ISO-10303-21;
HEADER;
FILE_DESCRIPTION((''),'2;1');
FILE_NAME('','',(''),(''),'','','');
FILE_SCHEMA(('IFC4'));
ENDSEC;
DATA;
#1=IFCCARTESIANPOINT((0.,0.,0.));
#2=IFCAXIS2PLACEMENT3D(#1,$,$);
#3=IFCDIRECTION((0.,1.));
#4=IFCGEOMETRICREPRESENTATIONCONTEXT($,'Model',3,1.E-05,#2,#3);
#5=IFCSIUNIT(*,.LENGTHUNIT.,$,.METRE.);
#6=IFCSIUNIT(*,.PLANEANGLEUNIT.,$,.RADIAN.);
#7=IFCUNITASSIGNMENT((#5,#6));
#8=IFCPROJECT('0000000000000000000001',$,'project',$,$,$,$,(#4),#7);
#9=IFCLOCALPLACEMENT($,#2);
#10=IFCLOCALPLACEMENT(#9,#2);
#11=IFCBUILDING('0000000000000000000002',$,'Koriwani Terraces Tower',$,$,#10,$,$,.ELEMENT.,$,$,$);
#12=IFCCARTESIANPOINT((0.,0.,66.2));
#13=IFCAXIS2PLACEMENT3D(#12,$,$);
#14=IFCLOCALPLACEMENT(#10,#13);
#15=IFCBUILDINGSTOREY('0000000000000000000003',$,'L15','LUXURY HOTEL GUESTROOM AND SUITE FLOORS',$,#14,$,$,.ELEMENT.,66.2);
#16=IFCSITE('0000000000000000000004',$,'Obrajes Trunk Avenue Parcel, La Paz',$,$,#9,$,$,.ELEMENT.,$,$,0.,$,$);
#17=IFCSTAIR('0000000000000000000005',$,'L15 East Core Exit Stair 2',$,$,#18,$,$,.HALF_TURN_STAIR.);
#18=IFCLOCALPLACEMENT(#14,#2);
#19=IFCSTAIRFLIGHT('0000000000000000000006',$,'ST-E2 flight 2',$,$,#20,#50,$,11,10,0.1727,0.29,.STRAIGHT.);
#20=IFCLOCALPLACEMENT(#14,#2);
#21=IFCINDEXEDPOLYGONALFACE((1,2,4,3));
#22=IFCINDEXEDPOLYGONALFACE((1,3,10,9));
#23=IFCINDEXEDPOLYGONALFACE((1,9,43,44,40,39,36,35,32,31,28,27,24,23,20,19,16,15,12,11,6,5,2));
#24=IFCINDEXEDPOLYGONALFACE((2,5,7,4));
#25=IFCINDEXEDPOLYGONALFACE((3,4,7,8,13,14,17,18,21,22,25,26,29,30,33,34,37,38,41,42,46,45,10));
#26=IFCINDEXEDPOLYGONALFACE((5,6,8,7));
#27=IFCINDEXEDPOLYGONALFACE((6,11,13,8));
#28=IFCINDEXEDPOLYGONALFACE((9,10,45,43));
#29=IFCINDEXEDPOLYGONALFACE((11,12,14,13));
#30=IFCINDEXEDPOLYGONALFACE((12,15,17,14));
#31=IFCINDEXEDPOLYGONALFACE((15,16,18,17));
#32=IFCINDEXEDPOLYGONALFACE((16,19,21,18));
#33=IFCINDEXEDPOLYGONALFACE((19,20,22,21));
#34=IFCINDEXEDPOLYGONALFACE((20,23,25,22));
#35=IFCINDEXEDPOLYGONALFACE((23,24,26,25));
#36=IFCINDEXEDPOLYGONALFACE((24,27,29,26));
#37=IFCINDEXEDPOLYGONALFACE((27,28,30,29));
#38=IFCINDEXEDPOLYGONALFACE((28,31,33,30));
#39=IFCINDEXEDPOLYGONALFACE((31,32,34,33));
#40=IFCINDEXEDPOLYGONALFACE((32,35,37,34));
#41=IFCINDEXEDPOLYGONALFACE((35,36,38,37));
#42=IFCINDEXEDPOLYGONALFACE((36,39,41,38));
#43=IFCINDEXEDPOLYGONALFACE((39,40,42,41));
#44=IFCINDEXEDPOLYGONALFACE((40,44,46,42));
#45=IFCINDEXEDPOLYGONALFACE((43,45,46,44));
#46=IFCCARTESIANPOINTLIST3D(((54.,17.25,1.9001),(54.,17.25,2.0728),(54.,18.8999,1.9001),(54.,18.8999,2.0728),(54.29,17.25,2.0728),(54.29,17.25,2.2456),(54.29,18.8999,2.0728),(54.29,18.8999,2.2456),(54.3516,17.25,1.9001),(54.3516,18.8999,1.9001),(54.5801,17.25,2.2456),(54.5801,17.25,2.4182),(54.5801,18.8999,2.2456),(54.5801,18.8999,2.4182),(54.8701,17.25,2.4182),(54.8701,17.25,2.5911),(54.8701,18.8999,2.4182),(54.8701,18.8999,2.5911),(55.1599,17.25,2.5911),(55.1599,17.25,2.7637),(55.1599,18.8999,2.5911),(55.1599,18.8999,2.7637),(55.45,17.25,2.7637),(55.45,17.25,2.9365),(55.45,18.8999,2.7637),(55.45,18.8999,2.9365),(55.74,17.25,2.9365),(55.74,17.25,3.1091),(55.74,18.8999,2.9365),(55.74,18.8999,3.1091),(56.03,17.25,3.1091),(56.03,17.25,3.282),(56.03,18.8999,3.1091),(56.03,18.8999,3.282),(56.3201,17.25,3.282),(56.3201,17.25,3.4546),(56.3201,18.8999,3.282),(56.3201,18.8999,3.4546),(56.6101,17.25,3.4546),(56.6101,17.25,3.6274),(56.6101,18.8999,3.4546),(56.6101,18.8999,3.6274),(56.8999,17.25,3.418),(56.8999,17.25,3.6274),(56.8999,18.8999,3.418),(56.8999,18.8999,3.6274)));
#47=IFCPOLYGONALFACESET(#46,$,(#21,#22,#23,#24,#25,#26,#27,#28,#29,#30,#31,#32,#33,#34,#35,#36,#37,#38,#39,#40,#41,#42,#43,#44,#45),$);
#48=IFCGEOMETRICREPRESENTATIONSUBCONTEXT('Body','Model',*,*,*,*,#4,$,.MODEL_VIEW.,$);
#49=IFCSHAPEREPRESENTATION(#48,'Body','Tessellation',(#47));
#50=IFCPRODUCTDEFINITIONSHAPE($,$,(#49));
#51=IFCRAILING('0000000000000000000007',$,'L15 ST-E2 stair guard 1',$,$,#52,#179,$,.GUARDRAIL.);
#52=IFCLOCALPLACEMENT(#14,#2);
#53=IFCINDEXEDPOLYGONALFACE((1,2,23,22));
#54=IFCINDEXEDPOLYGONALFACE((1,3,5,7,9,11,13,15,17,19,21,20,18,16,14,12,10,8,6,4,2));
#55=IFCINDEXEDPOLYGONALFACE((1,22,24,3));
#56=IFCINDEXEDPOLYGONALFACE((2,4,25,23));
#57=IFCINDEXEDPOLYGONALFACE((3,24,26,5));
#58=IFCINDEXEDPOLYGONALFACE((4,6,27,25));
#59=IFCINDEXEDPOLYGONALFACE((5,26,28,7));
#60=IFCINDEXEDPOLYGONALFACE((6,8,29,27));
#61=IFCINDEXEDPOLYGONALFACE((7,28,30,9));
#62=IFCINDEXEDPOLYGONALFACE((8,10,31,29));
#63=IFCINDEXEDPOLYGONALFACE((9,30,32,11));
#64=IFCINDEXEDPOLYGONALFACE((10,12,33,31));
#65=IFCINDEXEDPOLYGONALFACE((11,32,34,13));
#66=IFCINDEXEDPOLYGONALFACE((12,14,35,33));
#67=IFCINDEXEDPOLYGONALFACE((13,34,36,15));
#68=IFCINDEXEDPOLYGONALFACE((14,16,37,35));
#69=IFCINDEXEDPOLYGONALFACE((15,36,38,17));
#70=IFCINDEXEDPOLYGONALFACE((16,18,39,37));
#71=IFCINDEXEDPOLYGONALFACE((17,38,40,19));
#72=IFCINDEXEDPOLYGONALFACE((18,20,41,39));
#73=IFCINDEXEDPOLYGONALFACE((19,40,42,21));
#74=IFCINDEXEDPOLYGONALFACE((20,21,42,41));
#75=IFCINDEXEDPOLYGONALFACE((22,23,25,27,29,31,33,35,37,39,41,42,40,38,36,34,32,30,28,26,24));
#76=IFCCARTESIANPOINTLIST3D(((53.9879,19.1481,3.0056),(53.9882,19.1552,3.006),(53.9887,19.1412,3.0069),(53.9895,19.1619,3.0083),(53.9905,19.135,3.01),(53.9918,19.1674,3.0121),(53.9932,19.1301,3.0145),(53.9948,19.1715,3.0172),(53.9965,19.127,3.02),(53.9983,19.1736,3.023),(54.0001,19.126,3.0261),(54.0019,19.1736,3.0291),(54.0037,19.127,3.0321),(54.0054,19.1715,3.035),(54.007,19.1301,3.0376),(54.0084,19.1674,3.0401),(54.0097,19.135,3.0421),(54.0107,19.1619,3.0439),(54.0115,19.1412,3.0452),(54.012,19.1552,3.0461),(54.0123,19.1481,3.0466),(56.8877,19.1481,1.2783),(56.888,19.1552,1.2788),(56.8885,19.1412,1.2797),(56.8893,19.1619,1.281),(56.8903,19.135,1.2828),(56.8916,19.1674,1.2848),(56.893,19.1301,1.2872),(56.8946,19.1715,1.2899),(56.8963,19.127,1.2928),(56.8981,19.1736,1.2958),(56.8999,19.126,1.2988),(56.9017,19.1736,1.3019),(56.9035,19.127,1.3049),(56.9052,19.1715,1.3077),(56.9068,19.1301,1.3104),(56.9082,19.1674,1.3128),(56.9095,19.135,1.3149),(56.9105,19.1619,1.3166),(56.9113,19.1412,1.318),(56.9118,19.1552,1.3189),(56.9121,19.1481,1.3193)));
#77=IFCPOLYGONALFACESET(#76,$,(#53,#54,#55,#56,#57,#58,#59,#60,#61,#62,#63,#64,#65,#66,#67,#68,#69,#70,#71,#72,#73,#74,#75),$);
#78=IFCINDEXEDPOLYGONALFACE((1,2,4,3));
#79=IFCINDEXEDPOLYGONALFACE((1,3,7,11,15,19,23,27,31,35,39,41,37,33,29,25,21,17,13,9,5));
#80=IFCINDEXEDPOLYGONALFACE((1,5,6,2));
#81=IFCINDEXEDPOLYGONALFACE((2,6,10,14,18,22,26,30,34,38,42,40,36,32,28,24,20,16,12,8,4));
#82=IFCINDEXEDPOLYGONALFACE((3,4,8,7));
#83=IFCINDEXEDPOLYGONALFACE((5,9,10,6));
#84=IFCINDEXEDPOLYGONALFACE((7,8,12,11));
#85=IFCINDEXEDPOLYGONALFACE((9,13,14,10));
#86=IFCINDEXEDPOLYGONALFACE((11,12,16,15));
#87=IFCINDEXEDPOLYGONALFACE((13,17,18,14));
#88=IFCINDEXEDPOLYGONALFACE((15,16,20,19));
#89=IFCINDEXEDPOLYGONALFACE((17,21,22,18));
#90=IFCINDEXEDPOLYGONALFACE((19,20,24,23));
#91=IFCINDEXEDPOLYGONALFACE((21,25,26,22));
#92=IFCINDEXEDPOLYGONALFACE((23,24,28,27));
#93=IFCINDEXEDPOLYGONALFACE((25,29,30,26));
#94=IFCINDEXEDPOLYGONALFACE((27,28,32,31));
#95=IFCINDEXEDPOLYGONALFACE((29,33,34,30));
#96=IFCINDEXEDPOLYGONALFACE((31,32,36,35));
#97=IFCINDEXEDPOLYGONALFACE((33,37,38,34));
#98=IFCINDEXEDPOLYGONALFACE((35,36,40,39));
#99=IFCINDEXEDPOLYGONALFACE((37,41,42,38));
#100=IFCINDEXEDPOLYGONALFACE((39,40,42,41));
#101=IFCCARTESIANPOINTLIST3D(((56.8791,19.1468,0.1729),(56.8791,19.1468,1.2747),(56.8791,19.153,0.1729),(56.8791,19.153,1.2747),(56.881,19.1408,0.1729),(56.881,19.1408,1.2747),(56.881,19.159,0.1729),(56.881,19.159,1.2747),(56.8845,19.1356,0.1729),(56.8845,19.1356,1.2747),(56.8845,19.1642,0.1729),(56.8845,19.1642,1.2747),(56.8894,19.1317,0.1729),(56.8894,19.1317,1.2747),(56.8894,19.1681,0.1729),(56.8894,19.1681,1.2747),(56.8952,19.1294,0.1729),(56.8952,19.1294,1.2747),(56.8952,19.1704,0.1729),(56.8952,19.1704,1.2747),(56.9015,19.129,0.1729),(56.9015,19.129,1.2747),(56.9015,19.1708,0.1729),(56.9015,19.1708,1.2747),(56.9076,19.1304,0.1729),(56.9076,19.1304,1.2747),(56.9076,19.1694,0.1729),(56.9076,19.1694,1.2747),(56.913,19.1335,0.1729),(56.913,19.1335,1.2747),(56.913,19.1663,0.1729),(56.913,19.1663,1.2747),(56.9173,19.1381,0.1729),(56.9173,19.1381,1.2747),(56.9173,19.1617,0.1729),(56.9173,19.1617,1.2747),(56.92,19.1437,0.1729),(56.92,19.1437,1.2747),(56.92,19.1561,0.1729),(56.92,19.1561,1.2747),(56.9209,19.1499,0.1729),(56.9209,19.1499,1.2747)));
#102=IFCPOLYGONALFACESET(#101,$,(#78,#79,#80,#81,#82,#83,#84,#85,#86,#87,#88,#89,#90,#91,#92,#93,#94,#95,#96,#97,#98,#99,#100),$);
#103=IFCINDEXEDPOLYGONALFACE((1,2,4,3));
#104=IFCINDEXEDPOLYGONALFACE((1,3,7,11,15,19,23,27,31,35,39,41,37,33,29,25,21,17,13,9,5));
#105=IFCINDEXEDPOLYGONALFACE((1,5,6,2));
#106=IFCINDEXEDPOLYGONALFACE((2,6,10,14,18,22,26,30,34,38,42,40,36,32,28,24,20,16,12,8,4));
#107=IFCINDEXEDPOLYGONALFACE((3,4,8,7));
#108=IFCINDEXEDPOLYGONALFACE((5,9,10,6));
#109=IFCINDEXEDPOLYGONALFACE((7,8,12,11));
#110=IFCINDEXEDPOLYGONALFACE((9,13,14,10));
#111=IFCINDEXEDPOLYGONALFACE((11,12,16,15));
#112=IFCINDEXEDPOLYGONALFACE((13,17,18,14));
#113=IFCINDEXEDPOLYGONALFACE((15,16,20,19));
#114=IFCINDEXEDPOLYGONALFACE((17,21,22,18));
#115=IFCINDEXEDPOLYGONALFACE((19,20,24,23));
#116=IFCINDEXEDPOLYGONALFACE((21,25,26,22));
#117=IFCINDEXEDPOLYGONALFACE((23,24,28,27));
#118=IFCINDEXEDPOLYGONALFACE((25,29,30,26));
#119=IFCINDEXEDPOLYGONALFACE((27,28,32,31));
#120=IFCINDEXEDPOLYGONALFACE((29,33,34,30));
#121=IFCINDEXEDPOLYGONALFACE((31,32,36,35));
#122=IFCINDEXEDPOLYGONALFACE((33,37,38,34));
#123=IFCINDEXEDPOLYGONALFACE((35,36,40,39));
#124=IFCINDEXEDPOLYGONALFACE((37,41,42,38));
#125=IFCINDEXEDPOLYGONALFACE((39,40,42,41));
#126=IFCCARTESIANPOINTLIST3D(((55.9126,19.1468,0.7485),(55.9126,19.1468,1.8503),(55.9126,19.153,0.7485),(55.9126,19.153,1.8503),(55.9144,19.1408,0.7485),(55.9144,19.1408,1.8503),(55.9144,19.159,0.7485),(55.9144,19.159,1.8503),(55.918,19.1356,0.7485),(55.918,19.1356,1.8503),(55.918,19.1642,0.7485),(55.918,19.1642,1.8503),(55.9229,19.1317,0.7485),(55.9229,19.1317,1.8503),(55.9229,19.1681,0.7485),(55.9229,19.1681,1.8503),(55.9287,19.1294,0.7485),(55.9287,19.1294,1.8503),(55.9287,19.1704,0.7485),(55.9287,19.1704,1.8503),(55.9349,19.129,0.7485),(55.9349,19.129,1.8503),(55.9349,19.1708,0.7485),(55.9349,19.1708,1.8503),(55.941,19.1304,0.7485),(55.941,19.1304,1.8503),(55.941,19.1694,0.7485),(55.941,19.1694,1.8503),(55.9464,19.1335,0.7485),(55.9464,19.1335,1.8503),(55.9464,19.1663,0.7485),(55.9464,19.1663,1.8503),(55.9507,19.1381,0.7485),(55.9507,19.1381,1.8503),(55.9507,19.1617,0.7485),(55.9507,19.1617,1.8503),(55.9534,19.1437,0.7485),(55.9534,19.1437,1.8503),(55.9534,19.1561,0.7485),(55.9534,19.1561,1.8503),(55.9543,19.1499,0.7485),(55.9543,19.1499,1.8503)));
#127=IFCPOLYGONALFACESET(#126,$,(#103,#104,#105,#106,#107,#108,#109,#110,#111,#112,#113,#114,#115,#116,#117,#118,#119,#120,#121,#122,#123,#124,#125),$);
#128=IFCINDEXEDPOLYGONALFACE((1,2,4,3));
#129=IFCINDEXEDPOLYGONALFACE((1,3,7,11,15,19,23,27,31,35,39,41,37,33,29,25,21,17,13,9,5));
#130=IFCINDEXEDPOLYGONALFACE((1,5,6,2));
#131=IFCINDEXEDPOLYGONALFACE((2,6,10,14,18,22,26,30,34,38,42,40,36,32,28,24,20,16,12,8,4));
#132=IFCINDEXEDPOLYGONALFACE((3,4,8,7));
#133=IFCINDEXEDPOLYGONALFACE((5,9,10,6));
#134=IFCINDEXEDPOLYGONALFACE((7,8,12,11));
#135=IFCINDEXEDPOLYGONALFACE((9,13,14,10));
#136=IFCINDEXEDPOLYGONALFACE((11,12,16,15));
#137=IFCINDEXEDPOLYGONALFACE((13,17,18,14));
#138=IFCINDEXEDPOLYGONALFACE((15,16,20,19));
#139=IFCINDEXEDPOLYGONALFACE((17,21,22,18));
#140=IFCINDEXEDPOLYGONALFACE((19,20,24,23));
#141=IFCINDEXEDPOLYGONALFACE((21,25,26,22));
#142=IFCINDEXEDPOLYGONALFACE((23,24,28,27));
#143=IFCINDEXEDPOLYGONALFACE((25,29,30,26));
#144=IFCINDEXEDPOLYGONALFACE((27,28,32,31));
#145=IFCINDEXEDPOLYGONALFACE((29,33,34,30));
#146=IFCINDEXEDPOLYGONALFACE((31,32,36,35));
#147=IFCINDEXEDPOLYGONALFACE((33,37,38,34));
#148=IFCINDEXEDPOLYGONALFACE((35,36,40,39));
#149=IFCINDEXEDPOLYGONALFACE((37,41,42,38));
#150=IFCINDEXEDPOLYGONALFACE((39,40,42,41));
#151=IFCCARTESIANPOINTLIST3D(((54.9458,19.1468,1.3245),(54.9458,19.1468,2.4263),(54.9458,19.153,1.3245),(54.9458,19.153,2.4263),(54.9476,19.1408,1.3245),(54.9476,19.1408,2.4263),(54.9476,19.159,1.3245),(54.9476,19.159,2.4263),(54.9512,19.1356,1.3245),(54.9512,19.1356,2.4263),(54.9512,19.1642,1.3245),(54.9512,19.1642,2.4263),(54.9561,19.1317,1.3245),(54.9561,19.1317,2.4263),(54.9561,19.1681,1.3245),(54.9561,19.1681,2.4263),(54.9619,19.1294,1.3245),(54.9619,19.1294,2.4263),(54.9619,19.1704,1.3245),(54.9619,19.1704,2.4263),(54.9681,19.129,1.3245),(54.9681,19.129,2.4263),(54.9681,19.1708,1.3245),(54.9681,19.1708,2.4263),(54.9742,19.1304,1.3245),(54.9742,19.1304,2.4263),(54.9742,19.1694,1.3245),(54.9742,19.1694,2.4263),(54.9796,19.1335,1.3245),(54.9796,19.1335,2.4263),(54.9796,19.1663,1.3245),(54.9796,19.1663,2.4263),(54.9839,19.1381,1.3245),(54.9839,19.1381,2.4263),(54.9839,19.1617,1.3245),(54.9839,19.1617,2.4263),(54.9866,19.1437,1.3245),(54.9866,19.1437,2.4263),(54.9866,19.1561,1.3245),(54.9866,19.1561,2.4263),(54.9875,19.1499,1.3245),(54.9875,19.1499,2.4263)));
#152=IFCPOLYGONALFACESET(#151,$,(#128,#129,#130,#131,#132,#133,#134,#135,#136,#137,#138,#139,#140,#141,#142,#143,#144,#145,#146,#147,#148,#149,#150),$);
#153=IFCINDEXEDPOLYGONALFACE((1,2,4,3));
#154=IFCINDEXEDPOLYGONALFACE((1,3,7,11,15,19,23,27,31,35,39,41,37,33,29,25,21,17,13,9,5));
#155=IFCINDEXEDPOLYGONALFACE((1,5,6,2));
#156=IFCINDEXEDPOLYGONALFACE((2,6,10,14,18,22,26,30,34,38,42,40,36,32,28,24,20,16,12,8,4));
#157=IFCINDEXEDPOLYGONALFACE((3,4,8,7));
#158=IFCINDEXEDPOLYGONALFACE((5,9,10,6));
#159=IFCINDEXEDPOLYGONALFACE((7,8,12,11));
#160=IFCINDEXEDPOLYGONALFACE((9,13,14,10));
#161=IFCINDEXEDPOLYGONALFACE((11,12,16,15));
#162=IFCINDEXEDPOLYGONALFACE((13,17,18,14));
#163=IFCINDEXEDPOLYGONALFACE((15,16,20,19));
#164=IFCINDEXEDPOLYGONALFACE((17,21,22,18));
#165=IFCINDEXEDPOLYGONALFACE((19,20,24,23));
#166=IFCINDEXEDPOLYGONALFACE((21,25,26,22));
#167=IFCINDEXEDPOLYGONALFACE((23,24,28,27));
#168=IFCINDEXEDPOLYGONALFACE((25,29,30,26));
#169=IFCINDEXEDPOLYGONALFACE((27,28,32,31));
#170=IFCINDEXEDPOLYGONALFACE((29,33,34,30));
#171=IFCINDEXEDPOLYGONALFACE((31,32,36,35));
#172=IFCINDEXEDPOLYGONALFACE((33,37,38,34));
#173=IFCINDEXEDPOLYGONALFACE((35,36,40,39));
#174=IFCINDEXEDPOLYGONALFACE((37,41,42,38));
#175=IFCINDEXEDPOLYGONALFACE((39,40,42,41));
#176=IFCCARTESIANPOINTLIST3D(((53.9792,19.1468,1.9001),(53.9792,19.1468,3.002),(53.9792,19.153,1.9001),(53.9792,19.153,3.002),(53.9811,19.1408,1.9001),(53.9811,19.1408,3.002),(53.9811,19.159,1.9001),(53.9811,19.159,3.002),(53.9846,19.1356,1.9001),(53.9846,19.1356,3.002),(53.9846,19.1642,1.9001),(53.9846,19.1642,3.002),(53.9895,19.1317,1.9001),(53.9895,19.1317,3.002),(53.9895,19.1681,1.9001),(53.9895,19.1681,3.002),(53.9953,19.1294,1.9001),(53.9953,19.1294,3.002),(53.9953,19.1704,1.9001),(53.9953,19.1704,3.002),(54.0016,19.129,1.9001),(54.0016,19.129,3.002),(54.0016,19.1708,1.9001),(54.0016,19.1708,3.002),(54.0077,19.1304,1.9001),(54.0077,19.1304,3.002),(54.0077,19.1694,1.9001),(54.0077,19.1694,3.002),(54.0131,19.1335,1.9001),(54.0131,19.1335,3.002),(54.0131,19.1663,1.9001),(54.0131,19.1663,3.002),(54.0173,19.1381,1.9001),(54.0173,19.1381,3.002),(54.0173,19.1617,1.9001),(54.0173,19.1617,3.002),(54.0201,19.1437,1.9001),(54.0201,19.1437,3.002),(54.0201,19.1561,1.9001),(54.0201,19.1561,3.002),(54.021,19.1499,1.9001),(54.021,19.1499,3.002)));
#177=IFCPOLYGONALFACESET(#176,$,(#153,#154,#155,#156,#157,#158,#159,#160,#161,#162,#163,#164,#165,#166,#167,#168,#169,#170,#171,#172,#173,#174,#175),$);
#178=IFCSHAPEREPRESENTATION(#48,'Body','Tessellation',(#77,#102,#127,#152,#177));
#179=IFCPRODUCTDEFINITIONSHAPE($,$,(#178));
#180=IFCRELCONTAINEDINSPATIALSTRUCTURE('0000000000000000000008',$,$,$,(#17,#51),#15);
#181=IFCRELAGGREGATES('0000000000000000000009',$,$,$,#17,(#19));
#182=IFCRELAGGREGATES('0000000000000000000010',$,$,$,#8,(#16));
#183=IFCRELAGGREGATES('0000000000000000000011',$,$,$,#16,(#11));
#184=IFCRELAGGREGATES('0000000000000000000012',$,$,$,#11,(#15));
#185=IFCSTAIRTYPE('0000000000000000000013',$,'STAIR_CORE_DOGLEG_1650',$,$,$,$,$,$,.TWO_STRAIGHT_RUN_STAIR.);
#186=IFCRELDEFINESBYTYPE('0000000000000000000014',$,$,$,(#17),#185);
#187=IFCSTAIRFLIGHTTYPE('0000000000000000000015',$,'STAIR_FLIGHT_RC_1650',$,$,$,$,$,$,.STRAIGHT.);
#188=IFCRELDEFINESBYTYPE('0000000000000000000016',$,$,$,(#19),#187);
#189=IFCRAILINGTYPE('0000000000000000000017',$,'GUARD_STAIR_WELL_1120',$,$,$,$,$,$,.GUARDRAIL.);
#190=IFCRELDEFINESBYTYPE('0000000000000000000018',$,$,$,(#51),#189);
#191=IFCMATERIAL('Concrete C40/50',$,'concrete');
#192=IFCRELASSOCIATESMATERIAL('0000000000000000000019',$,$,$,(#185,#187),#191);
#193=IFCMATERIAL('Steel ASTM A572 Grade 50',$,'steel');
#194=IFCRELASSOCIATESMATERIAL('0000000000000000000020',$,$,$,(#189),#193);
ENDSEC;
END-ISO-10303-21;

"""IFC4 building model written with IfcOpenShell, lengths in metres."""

from ifc_helpers import new_model, si_unit, direction, frame, origin, origin_2d, place, context, subcontext, project, spatial, polyline, circle, outline, extrude, material, type_object, element, aggregate, save


model = new_model("IFC4")

# Units and contexts
model_context = context("Model", 3, precision=1e-05, world=origin(), true_north=direction((0.0, 1.0)))
body_context = subcontext(model_context, "Body", "Model", "MODEL_VIEW")
ifc_project = project(units=[si_unit("LENGTHUNIT", "METRE"), si_unit("PLANEANGLEUNIT", "RADIAN")], contexts=[model_context])

# Site, building, storey
site_placement = place(None, origin())
site = spatial("IfcSite", under=ifc_project, at=site_placement, Name="Obrajes Trunk Avenue Parcel, La Paz", CompositionType="ELEMENT", RefElevation=0.0)
building_placement = place(site_placement, origin())
building = spatial("IfcBuilding", under=site, at=building_placement, Name="Koriwani Terraces Tower", CompositionType="ELEMENT")
storey_placement = place(building_placement, frame((0.0, 0.0, 66.2)))
storey = spatial("IfcBuildingStorey", under=building, at=storey_placement, Name="L15", Description="LUXURY HOTEL GUESTROOM AND SUITE FLOORS", CompositionType="ELEMENT", Elevation=66.2)

# Shared definitions
ifc_material_1 = material(Name="Steel ASTM A572 Grade 50", Category="steel")

# Shared definitions
ifc_material_2 = material(Name="Concrete C40/50", Category="concrete")

# Stair, stair flight
stair_type = type_object("IfcStairType", Name="STAIR_CORE_DOGLEG_1650", PredefinedType="TWO_STRAIGHT_RUN_STAIR", material=ifc_material_2)
stair_placement = place(storey_placement, origin())
stair = element("IfcStair", 1, at=stair_placement, inside=storey, type_object=stair_type, Name="L15 East Core Exit Stair 2", PredefinedType="HALF_TURN_STAIR")
stair_flight_type = type_object("IfcStairFlightType", Name="STAIR_FLIGHT_RC_1650", PredefinedType="STRAIGHT", material=ifc_material_2)
stair_flight_1_placement = place(storey_placement, frame((54.0, 18.075, 1.9001), z_axis=(0.0, 0.0, 1.0), x_axis=(1.0, 0.0, 0.0)))
stair_flight_1 = element("IfcStairFlight", 2, at=stair_flight_1_placement, type_object=stair_flight_type, Name="ST-E2 flight 2", NumberOfRisers=11, NumberOfTreads=10, PredefinedType="STRAIGHT", RiserHeight=0.1727, TreadLength=0.29, context=body_context, shape_type="SweptSolid", body=[
    extrude(outline(polyline([(0.0, 0.0), (0.0, 0.1726), (0.29, 0.1726), (0.29, 0.3455), (0.5801, 0.3455), (0.5801, 0.5181), (0.8701, 0.5181), (0.8701, 0.6909), (1.1599, 0.6909), (1.1599, 0.8635), (1.45, 0.8635), (1.45, 1.0364), (1.74, 1.0364), (1.74, 1.209), (2.03, 1.209), (2.03, 1.3818), (2.3201, 1.3818), (2.3201, 1.5544), (2.6101, 1.5544), (2.6101, 1.7273), (2.8999, 1.7273), (2.8999, 1.8999), (2.8999, 1.5178), (0.3516, 0.0), (0.0, 0.0)])), frame((0.0, 0.825, 0.0), z_axis=(0.0, -1.0, 0.0), x_axis=(1.0, 0.0, 0.0)), (0.0, 0.0, 1.0), 1.6499),
])
aggregate(stair, [stair_flight_1])

# Railing
railing_type_1 = type_object("IfcRailingType", Name="GUARD_STAIR_WELL_1120", PredefinedType="GUARDRAIL", material=ifc_material_1)
railing_1_placement = place(storey_placement, frame((56.8999, 19.1499, 0.1729)))
element("IfcRailing", 3, at=railing_1_placement, inside=storey, type_object=railing_type_1, Name="L15 ST-E2 stair guard 1", PredefinedType="GUARDRAIL", context=body_context, shape_type="SweptSolid", body=[
    extrude(circle(Radius=0.0239, at=origin_2d()), frame((0.0, 0.0, 1.126), z_axis=(-0.859141, 0.0, 0.511738), x_axis=(0.0, -1.0, 0.0)), (0.0, 0.0, 1.0), 3.3752),
    extrude(circle(Radius=0.021, at=origin_2d()), origin(), (0.0, 0.0, 1.0), 1.1018),
    extrude(circle(Radius=0.021, at=origin_2d()), frame((-0.9666, 0.0, 0.5757)), (0.0, 0.0, 1.0), 1.1018),
    extrude(circle(Radius=0.021, at=origin_2d()), frame((-1.9333, 0.0, 1.1516)), (0.0, 0.0, 1.0), 1.1018),
    extrude(circle(Radius=0.021, at=origin_2d()), frame((-2.8999, 0.0, 1.7273)), (0.0, 0.0, 1.0), 1.1018),
])

save(model, "model.ifc")
